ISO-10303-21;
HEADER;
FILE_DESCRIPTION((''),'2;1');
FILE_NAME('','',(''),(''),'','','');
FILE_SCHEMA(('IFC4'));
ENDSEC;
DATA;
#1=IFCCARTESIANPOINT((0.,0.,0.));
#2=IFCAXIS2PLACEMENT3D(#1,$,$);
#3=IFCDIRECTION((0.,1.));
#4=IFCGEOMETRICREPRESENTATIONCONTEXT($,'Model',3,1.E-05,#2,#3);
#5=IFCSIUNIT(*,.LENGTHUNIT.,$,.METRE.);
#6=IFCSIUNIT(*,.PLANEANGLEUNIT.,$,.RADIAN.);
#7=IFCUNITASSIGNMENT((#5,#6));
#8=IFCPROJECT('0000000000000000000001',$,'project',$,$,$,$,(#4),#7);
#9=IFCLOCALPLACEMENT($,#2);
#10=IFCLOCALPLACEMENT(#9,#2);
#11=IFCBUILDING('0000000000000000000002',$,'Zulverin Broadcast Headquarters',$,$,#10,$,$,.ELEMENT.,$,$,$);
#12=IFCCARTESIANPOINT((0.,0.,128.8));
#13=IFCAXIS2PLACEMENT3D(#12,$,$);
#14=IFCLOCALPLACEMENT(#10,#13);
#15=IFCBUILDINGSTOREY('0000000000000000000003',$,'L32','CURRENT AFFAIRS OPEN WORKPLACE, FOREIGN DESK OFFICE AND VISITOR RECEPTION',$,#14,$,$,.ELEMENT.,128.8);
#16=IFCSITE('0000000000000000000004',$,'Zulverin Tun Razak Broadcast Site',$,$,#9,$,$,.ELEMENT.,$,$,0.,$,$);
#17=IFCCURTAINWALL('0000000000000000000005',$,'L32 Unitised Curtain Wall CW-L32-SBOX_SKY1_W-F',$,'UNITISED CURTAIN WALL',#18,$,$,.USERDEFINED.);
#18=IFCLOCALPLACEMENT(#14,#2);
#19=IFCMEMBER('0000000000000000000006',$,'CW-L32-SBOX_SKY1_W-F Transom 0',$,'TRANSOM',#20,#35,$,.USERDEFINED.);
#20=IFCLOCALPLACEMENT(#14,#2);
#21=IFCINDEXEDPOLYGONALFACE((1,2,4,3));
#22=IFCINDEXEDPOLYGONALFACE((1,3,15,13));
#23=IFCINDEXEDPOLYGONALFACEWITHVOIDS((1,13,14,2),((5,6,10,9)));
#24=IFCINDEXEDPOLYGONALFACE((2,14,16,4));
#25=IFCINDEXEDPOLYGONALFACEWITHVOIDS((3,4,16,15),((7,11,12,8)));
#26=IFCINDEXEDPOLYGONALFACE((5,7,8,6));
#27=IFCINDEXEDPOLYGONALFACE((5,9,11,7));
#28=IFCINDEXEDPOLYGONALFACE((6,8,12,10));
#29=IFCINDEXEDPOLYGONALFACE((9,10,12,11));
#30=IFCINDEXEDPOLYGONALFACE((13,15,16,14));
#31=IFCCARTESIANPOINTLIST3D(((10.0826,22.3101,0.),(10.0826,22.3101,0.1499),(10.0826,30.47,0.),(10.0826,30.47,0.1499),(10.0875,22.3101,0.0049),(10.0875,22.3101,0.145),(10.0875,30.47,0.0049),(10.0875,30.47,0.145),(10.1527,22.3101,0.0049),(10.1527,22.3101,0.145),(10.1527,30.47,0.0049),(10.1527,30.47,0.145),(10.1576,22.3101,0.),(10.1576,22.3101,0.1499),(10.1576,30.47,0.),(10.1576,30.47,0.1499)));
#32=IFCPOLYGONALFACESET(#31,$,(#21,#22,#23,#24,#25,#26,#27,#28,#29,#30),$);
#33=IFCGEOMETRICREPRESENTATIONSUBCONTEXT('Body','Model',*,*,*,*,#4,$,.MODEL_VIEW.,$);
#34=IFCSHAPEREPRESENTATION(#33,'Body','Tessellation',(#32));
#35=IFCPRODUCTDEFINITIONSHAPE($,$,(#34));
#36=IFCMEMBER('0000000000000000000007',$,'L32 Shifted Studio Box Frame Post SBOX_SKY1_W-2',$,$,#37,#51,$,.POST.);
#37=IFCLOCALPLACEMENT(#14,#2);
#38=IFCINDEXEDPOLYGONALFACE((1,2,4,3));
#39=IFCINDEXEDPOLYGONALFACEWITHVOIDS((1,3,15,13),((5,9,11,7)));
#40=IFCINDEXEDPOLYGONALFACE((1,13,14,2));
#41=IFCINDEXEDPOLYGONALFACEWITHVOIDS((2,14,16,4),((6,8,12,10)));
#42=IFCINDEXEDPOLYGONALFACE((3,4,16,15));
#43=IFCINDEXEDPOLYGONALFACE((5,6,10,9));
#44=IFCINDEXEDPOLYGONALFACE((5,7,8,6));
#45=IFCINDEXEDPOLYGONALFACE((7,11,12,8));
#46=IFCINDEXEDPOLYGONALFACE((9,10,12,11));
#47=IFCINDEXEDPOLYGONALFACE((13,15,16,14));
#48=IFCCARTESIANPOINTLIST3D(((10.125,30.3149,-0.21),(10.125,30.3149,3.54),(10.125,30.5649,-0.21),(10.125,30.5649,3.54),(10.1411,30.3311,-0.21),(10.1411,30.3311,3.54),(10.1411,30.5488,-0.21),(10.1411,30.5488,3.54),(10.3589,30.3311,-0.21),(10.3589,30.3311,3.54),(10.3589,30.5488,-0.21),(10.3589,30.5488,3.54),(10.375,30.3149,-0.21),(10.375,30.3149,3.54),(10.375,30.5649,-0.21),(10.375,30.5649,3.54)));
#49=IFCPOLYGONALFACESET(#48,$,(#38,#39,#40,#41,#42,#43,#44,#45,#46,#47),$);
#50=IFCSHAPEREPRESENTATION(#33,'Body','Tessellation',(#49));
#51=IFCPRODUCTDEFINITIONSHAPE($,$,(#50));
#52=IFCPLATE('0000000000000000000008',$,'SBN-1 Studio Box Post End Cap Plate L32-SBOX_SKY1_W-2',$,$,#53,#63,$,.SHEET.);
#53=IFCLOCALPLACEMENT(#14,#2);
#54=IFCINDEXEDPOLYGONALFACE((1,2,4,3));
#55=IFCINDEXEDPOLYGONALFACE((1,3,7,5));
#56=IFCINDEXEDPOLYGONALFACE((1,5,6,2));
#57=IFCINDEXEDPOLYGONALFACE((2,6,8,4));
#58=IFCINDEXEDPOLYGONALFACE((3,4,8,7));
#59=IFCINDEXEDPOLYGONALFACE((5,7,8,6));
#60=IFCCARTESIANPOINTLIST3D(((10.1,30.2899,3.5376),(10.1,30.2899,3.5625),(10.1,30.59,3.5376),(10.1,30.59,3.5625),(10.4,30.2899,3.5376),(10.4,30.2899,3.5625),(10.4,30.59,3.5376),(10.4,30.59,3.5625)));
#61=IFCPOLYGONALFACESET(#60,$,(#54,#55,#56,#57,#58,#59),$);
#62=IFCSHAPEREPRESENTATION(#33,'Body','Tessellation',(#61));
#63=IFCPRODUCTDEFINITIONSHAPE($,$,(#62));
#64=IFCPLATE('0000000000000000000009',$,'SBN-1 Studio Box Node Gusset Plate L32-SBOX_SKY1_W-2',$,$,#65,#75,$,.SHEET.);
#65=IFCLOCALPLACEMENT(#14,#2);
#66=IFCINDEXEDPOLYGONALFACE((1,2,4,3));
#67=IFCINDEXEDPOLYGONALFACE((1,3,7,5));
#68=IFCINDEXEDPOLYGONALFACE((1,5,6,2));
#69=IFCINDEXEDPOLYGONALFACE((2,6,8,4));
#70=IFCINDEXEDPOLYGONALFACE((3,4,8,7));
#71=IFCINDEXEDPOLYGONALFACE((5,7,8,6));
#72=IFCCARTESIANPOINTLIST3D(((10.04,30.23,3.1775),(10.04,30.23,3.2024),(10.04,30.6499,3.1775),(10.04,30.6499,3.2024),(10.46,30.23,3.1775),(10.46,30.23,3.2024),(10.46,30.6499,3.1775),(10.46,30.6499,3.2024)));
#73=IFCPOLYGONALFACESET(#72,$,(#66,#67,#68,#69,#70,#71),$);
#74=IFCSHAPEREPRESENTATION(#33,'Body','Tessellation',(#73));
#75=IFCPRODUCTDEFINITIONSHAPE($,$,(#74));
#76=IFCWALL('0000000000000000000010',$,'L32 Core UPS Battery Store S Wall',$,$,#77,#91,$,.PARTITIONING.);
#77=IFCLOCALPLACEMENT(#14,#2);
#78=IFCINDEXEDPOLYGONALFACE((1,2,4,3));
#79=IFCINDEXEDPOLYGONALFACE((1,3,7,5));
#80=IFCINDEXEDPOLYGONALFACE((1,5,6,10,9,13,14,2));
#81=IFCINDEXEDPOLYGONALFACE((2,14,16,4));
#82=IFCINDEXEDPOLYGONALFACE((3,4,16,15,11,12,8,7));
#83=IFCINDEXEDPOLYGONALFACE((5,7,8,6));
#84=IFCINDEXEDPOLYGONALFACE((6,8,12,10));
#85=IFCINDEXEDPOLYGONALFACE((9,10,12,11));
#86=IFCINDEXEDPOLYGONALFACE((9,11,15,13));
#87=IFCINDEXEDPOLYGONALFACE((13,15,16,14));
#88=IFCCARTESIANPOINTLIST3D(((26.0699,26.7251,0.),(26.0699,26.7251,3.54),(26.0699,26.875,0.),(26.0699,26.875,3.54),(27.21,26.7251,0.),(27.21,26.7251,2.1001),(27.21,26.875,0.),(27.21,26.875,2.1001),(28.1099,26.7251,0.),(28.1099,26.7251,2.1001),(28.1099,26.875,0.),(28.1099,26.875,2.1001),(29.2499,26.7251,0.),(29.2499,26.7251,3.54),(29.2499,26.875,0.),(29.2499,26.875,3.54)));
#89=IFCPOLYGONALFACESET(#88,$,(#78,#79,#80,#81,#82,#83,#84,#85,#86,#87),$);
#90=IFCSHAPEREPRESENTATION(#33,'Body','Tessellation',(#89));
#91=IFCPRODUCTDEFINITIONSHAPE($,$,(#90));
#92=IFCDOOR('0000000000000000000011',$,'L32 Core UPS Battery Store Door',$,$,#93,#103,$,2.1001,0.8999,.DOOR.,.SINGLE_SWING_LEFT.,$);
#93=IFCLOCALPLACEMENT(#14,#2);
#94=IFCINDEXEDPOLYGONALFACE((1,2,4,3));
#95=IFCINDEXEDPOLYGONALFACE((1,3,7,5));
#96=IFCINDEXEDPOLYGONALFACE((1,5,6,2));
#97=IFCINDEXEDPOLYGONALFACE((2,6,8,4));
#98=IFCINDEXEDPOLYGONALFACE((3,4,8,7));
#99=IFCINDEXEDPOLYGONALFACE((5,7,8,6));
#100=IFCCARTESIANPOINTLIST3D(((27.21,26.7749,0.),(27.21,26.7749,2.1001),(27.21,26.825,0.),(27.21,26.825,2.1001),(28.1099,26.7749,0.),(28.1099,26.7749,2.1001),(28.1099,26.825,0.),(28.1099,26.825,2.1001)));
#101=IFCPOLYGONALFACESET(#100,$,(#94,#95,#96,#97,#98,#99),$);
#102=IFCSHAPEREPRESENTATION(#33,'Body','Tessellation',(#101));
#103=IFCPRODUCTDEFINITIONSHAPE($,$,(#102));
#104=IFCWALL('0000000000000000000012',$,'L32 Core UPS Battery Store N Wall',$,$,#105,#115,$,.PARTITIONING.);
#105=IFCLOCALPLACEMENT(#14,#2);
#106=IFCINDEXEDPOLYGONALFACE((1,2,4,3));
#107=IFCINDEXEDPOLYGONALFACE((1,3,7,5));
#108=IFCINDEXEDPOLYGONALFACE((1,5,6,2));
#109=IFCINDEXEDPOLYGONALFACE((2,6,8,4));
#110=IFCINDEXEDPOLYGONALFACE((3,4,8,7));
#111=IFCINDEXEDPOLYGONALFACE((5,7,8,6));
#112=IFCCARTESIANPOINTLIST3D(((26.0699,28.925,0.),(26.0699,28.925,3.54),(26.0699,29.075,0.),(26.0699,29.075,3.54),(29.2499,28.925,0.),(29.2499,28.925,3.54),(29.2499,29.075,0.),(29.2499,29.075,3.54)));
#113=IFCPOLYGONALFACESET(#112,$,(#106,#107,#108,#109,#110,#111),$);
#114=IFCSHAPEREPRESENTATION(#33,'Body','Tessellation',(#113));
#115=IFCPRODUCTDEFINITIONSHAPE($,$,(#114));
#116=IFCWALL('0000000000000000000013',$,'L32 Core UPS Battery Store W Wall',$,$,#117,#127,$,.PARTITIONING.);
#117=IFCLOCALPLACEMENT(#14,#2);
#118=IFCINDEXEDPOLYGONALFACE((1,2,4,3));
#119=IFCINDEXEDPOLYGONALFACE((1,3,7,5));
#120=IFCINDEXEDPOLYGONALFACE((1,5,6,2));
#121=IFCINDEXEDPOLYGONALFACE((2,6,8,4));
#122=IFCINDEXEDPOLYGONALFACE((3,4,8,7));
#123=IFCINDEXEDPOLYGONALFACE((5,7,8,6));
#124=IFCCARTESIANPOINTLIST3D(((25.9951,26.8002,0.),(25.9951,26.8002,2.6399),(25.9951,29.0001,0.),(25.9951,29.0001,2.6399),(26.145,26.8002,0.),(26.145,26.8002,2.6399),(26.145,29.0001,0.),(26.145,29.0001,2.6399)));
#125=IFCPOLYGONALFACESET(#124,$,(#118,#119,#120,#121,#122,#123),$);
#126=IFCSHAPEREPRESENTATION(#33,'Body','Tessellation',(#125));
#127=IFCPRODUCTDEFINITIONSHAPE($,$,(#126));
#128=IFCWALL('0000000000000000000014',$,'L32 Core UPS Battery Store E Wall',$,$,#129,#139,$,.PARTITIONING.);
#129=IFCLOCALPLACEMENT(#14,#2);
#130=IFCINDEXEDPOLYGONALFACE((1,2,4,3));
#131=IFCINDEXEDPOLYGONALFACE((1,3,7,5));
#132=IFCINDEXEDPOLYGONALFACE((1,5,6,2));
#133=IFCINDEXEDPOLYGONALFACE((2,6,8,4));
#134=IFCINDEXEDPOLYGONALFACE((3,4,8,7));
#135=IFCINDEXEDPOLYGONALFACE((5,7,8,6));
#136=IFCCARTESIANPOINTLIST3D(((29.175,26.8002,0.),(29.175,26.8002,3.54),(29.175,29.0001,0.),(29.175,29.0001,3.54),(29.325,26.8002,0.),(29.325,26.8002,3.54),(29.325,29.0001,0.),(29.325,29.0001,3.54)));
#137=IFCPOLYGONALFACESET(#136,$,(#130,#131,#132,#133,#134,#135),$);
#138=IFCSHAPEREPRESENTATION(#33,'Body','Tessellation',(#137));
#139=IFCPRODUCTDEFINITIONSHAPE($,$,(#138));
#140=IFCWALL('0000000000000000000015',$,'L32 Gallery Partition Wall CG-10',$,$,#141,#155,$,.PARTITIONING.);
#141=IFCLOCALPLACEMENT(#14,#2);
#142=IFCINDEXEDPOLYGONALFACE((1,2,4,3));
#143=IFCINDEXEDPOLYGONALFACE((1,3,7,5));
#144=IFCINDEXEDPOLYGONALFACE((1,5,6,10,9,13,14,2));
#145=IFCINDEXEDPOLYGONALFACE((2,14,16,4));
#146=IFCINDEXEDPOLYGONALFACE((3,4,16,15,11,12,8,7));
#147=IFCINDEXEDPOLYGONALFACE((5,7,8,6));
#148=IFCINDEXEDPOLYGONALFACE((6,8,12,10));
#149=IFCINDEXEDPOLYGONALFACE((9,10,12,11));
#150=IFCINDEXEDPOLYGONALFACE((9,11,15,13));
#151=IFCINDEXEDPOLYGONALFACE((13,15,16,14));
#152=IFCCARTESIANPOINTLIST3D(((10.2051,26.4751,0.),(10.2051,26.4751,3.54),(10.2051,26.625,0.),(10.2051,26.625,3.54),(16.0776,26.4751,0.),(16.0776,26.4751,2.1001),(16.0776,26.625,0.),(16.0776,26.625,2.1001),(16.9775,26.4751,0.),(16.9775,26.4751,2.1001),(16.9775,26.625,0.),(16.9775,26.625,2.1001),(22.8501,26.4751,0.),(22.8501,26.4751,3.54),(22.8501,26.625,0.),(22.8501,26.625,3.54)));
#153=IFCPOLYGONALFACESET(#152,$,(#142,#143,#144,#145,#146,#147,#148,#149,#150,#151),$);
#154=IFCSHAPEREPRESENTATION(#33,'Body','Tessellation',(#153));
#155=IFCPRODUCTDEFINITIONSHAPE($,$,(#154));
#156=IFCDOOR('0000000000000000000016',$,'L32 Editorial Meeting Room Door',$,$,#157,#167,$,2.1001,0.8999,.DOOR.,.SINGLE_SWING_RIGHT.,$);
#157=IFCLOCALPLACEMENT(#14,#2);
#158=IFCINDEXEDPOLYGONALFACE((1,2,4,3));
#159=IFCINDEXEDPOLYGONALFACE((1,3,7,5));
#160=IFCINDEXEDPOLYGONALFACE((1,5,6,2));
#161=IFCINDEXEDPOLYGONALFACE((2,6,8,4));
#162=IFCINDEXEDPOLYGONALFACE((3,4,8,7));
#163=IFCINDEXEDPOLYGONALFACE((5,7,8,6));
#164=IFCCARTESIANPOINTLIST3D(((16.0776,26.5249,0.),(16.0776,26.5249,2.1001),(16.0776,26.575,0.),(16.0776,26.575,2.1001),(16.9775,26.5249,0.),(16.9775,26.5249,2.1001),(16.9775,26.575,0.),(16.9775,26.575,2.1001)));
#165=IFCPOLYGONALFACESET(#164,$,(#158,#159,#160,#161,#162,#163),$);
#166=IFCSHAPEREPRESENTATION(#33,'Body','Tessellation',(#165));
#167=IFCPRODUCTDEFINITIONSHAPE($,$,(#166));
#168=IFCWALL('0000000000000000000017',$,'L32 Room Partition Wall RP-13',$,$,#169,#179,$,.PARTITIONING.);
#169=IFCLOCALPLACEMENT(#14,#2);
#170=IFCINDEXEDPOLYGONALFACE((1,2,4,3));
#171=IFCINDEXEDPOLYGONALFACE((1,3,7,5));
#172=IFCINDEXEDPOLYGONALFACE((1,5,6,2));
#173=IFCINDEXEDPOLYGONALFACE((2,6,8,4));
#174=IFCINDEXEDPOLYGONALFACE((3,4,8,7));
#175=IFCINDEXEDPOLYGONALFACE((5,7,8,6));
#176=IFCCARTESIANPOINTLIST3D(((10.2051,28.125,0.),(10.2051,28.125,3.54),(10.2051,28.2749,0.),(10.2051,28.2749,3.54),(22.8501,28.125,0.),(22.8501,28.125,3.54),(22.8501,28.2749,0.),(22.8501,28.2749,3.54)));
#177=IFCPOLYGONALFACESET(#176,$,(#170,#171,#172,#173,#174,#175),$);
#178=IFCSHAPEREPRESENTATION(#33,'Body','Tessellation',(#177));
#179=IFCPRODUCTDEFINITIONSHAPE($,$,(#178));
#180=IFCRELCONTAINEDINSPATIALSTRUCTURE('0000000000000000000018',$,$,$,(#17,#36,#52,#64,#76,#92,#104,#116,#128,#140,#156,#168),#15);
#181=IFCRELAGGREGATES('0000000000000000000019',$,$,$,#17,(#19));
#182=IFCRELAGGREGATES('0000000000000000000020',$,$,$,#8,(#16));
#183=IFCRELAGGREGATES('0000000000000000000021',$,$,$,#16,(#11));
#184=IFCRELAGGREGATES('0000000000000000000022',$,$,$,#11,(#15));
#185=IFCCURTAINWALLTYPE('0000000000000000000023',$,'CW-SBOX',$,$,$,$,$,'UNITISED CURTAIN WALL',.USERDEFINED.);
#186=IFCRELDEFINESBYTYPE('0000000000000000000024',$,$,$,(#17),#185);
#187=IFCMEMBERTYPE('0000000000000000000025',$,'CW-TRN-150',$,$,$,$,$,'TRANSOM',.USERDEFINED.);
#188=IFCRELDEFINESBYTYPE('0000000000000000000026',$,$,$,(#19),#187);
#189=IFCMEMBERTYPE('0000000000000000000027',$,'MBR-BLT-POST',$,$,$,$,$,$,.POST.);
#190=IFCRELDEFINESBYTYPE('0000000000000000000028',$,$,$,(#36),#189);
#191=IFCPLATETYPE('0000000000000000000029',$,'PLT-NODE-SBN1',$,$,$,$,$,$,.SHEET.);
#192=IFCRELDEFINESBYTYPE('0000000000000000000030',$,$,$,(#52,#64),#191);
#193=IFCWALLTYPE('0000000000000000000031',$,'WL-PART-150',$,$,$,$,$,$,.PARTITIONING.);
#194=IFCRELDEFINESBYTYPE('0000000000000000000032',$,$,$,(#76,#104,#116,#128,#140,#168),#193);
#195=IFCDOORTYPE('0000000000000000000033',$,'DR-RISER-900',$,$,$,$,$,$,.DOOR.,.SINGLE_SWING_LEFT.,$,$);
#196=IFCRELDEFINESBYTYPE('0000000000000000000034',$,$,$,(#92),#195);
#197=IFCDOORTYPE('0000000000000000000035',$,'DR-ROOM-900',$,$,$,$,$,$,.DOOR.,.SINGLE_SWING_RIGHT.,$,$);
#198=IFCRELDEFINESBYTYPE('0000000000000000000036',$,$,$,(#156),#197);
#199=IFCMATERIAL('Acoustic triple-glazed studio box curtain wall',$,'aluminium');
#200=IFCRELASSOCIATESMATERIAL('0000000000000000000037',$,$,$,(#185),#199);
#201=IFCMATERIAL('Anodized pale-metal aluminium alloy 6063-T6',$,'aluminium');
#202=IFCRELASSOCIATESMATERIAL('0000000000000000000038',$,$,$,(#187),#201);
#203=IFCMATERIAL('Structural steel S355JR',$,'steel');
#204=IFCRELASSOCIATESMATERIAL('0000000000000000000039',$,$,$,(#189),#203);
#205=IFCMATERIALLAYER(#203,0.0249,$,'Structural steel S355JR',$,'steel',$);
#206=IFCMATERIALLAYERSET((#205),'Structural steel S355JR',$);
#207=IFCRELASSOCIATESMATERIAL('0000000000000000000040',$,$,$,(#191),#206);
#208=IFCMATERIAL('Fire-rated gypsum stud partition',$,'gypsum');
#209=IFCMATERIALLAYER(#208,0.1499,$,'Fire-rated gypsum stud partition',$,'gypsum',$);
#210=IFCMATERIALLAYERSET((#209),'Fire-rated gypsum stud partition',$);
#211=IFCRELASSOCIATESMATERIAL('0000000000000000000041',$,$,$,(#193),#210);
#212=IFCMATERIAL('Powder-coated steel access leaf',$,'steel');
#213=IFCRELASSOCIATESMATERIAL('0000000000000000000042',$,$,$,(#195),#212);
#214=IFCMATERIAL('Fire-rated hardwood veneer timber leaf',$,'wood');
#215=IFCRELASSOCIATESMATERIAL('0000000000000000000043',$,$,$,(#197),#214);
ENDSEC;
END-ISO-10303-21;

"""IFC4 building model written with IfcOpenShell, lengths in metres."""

from ifc_helpers import new_model, si_unit, direction, frame, frame_2d, origin, origin_2d, place, context, subcontext, project, spatial, rectangle, hollow_rectangle, extrude, material, layer, layer_set, material_profile, profile_set, type_object, element, fill, aggregate, save


model = new_model("IFC4")

# Units and contexts
model_context = context("Model", 3, precision=1e-05, world=origin(), true_north=direction((0.0, 1.0)))
body_context = subcontext(model_context, "Body", "Model", "MODEL_VIEW")
ifc_project = project(units=[si_unit("LENGTHUNIT", "METRE"), si_unit("PLANEANGLEUNIT", "RADIAN")], contexts=[model_context])

# Site, building, storey
site_placement = place(None, origin())
site = spatial("IfcSite", under=ifc_project, at=site_placement, Name="Zulverin Tun Razak Broadcast Site", CompositionType="ELEMENT", RefElevation=0.0)
building_placement = place(site_placement, origin())
building = spatial("IfcBuilding", under=site, at=building_placement, Name="Zulverin Broadcast Headquarters", CompositionType="ELEMENT")
storey_placement = place(building_placement, frame((0.0, 0.0, 128.8)))
storey = spatial("IfcBuildingStorey", under=building, at=storey_placement, Name="L32", Description="CURRENT AFFAIRS OPEN WORKPLACE, FOREIGN DESK OFFICE AND VISITOR RECEPTION", CompositionType="ELEMENT", Elevation=128.8)

# Curtain wall, member
ifc_material_1 = material(Name="Acoustic triple-glazed studio box curtain wall", Category="aluminium")
curtain_wall_type = type_object("IfcCurtainWallType", Name="CW-SBOX", ElementType="UNITISED CURTAIN WALL", PredefinedType="USERDEFINED", material=ifc_material_1)
curtain_wall_placement = place(storey_placement, origin())
curtain_wall = element("IfcCurtainWall", 1, at=curtain_wall_placement, inside=storey, type_object=curtain_wall_type, Name="L32 Unitised Curtain Wall CW-L32-SBOX_SKY1_W-F", ObjectType="UNITISED CURTAIN WALL", PredefinedType="USERDEFINED")
ifc_material_2 = material(Name="Anodized pale-metal aluminium alloy 6063-T6", Category="aluminium")
ifc_material_profile_1 = material_profile(ifc_material_2, hollow_rectangle(XDim=0.075, YDim=0.1499, WallThickness=0.0049, at=origin_2d()), Name="Anodized pale-metal aluminium alloy 6063-T6", Category="aluminium")
ifc_profile_set_1 = profile_set([ifc_material_profile_1], Name="Anodized pale-metal aluminium alloy 6063-T6")
member_type_1 = type_object("IfcMemberType", Name="CW-TRN-150", ElementType="TRANSOM", PredefinedType="USERDEFINED", material=ifc_profile_set_1)
member_1_placement = place(storey_placement, frame((10.1201, 30.47, 0.075), z_axis=(0.0, -1.0, 0.0), x_axis=(1.0, 0.0, 0.0)))
member_1 = element("IfcMember", 2, at=member_1_placement, type_object=member_type_1, Name="CW-L32-SBOX_SKY1_W-F Transom 0", ObjectType="TRANSOM", PredefinedType="USERDEFINED", context=body_context, shape_type="SweptSolid", body=[
    extrude(hollow_rectangle(XDim=0.075, YDim=0.1499, WallThickness=0.0049, at=origin_2d()), origin(), (0.0, 0.0, 1.0), 8.1599),
])
aggregate(curtain_wall, [member_1])

# Member
ifc_material_3 = material(Name="Structural steel S355JR", Category="steel")
ifc_material_profile_2 = material_profile(ifc_material_3, hollow_rectangle(XDim=0.25, YDim=0.25, WallThickness=0.0161, at=origin_2d()), Name="Structural steel S355JR", Category="steel")
ifc_profile_set_2 = profile_set([ifc_material_profile_2], Name="Structural steel S355JR")
member_type_2 = type_object("IfcMemberType", Name="MBR-BLT-POST", PredefinedType="POST", material=ifc_profile_set_2)
member_2_placement = place(storey_placement, frame((10.25, 30.4399, -0.21), z_axis=(0.0, 0.0, 1.0), x_axis=(1.0, 0.0, 0.0)))
element("IfcMember", 3, at=member_2_placement, inside=storey, type_object=member_type_2, Name="L32 Shifted Studio Box Frame Post SBOX_SKY1_W-2", PredefinedType="POST", context=body_context, shape_type="SweptSolid", body=[
    extrude(hollow_rectangle(XDim=0.25, YDim=0.25, WallThickness=0.0161, at=origin_2d()), origin(), (0.0, 0.0, 1.0), 3.75),
])

# Plates
ifc_layer_1 = layer(ifc_material_3, 0.0249, Name="Structural steel S355JR", Category="steel")
ifc_layer_set_1 = layer_set([ifc_layer_1], Name="Structural steel S355JR")
plate_type = type_object("IfcPlateType", Name="PLT-NODE-SBN1", PredefinedType="SHEET", material=ifc_layer_set_1)
plate_1_placement = place(storey_placement, frame((10.25, 30.4399, 3.5376), z_axis=(0.0, 0.0, 1.0), x_axis=(1.0, 0.0, 0.0)))
element("IfcPlate", 4, at=plate_1_placement, inside=storey, type_object=plate_type, Name="SBN-1 Studio Box Post End Cap Plate L32-SBOX_SKY1_W-2", PredefinedType="SHEET", context=body_context, shape_type="SweptSolid", body=[
    extrude(rectangle(XDim=0.3, YDim=0.3, at=origin_2d()), origin(), (0.0, 0.0, 1.0), 0.0249),
])
plate_2_placement = place(storey_placement, frame((10.25, 30.4399, 3.1775), z_axis=(0.0, 0.0, 1.0), x_axis=(1.0, 0.0, 0.0)))
element("IfcPlate", 5, at=plate_2_placement, inside=storey, type_object=plate_type, Name="SBN-1 Studio Box Node Gusset Plate L32-SBOX_SKY1_W-2", PredefinedType="SHEET", context=body_context, shape_type="SweptSolid", body=[
    extrude(rectangle(XDim=0.4199, YDim=0.4199, at=origin_2d()), origin(), (0.0, 0.0, 1.0), 0.0249),
])

# Wall, opening, door
ifc_material_4 = material(Name="Fire-rated gypsum stud partition", Category="gypsum")
ifc_layer_2 = layer(ifc_material_4, 0.1499, Name="Fire-rated gypsum stud partition", Category="gypsum")
ifc_layer_set_2 = layer_set([ifc_layer_2], Name="Fire-rated gypsum stud partition")
wall_type_1 = type_object("IfcWallType", Name="WL-PART-150", PredefinedType="PARTITIONING", material=ifc_layer_set_2)
wall_1_placement = place(storey_placement, frame((26.0701, 26.8, 0.0), z_axis=(0.0, 0.0, 1.0), x_axis=(1.0, 0.0, 0.0)))
wall_1 = element("IfcWall", 6, at=wall_1_placement, inside=storey, type_object=wall_type_1, Name="L32 Core UPS Battery Store S Wall", PredefinedType="PARTITIONING", context=body_context, shape_type="SweptSolid", body=[
    extrude(rectangle(XDim=3.1799, YDim=0.1499, at=frame_2d((1.5898, 0.0))), origin(), (0.0, 0.0, 1.0), 3.54),
])
opening_1_placement = place(wall_1_placement, frame((1.1399, 0.0, 0.0)))
opening_1 = element("IfcOpeningElement", 7, at=opening_1_placement, cuts=wall_1, PredefinedType="OPENING", context=body_context, shape_type="SweptSolid", body=[
    extrude(rectangle(XDim=0.8999, YDim=2.1001, at=frame_2d((0.45, 1.05))), frame((0.0, 0.085, 0.0), z_axis=(0.0, -1.0, 0.0), x_axis=(1.0, 0.0, 0.0)), (0.0, 0.0, 1.0), 0.1699),
])
ifc_material_5 = material(Name="Powder-coated steel access leaf", Category="steel")
door_type_1 = type_object("IfcDoorType", Name="DR-RISER-900", OperationType="SINGLE_SWING_LEFT", PredefinedType="DOOR", material=ifc_material_5)
door_1_placement = place(opening_1_placement, origin())
door_1 = element("IfcDoor", 8, at=door_1_placement, inside=storey, type_object=door_type_1, Name="L32 Core UPS Battery Store Door", OperationType="SINGLE_SWING_LEFT", OverallHeight=2.1001, OverallWidth=0.8999, PredefinedType="DOOR", context=body_context, shape_type="SweptSolid", body=[
    extrude(rectangle(XDim=0.8999, YDim=2.1001, at=frame_2d((0.45, 1.05))), frame((0.0, 0.0249, 0.0), z_axis=(0.0, -1.0, 0.0), x_axis=(1.0, 0.0, 0.0)), (0.0, 0.0, 1.0), 0.05),
])
fill(opening_1, door_1)

# Walls
wall_2_placement = place(storey_placement, frame((26.0701, 29.0, 0.0), z_axis=(0.0, 0.0, 1.0), x_axis=(1.0, 0.0, 0.0)))
element("IfcWall", 9, at=wall_2_placement, inside=storey, type_object=wall_type_1, Name="L32 Core UPS Battery Store N Wall", PredefinedType="PARTITIONING", context=body_context, shape_type="SweptSolid", body=[
    extrude(rectangle(XDim=3.1799, YDim=0.1499, at=frame_2d((1.5898, 0.0))), origin(), (0.0, 0.0, 1.0), 3.54),
])
wall_3_placement = place(storey_placement, frame((26.0701, 26.8, 0.0), z_axis=(0.0, 0.0, 1.0), x_axis=(0.0, 1.0, 0.0)))
element("IfcWall", 10, at=wall_3_placement, inside=storey, type_object=wall_type_1, Name="L32 Core UPS Battery Store W Wall", PredefinedType="PARTITIONING", context=body_context, shape_type="SweptSolid", body=[
    extrude(rectangle(XDim=2.2, YDim=0.1499, at=frame_2d((1.1001, 0.0))), origin(), (0.0, 0.0, 1.0), 2.6399),
])
wall_4_placement = place(storey_placement, frame((29.25, 26.8, 0.0), z_axis=(0.0, 0.0, 1.0), x_axis=(0.0, 1.0, 0.0)))
element("IfcWall", 11, at=wall_4_placement, inside=storey, type_object=wall_type_1, Name="L32 Core UPS Battery Store E Wall", PredefinedType="PARTITIONING", context=body_context, shape_type="SweptSolid", body=[
    extrude(rectangle(XDim=2.2, YDim=0.1499, at=frame_2d((1.1001, 0.0))), origin(), (0.0, 0.0, 1.0), 3.54),
])

# Wall, opening, door
wall_5_placement = place(storey_placement, frame((10.2051, 26.55, 0.0), z_axis=(0.0, 0.0, 1.0), x_axis=(1.0, 0.0, 0.0)))
wall_5 = element("IfcWall", 12, at=wall_5_placement, inside=storey, type_object=wall_type_1, Name="L32 Gallery Partition Wall CG-10", PredefinedType="PARTITIONING", context=body_context, shape_type="SweptSolid", body=[
    extrude(rectangle(XDim=12.645, YDim=0.1499, at=frame_2d((6.3225, 0.0))), origin(), (0.0, 0.0, 1.0), 3.54),
])
opening_2_placement = place(wall_5_placement, frame((5.8726, 0.0, 0.0)))
opening_2 = element("IfcOpeningElement", 13, at=opening_2_placement, cuts=wall_5, PredefinedType="OPENING", context=body_context, shape_type="SweptSolid", body=[
    extrude(rectangle(XDim=0.8999, YDim=2.1001, at=frame_2d((0.45, 1.05))), frame((0.0, 0.085, 0.0), z_axis=(0.0, -1.0, 0.0), x_axis=(1.0, 0.0, 0.0)), (0.0, 0.0, 1.0), 0.1699),
])
ifc_material_6 = material(Name="Fire-rated hardwood veneer timber leaf", Category="wood")
door_type_2 = type_object("IfcDoorType", Name="DR-ROOM-900", OperationType="SINGLE_SWING_RIGHT", PredefinedType="DOOR", material=ifc_material_6)
door_2_placement = place(opening_2_placement, origin())
door_2 = element("IfcDoor", 14, at=door_2_placement, inside=storey, type_object=door_type_2, Name="L32 Editorial Meeting Room Door", OperationType="SINGLE_SWING_RIGHT", OverallHeight=2.1001, OverallWidth=0.8999, PredefinedType="DOOR", context=body_context, shape_type="SweptSolid", body=[
    extrude(rectangle(XDim=0.8999, YDim=2.1001, at=frame_2d((0.45, 1.05))), frame((0.0, 0.0249, 0.0), z_axis=(0.0, -1.0, 0.0), x_axis=(1.0, 0.0, 0.0)), (0.0, 0.0, 1.0), 0.05),
])
fill(opening_2, door_2)

# Wall
wall_6_placement = place(storey_placement, frame((10.2051, 28.2, 0.0), z_axis=(0.0, 0.0, 1.0), x_axis=(1.0, 0.0, 0.0)))
element("IfcWall", 15, at=wall_6_placement, inside=storey, type_object=wall_type_1, Name="L32 Room Partition Wall RP-13", PredefinedType="PARTITIONING", context=body_context, shape_type="SweptSolid", body=[
    extrude(rectangle(XDim=12.645, YDim=0.1499, at=frame_2d((6.3225, 0.0))), origin(), (0.0, 0.0, 1.0), 3.54),
])

save(model, "model.ifc")
